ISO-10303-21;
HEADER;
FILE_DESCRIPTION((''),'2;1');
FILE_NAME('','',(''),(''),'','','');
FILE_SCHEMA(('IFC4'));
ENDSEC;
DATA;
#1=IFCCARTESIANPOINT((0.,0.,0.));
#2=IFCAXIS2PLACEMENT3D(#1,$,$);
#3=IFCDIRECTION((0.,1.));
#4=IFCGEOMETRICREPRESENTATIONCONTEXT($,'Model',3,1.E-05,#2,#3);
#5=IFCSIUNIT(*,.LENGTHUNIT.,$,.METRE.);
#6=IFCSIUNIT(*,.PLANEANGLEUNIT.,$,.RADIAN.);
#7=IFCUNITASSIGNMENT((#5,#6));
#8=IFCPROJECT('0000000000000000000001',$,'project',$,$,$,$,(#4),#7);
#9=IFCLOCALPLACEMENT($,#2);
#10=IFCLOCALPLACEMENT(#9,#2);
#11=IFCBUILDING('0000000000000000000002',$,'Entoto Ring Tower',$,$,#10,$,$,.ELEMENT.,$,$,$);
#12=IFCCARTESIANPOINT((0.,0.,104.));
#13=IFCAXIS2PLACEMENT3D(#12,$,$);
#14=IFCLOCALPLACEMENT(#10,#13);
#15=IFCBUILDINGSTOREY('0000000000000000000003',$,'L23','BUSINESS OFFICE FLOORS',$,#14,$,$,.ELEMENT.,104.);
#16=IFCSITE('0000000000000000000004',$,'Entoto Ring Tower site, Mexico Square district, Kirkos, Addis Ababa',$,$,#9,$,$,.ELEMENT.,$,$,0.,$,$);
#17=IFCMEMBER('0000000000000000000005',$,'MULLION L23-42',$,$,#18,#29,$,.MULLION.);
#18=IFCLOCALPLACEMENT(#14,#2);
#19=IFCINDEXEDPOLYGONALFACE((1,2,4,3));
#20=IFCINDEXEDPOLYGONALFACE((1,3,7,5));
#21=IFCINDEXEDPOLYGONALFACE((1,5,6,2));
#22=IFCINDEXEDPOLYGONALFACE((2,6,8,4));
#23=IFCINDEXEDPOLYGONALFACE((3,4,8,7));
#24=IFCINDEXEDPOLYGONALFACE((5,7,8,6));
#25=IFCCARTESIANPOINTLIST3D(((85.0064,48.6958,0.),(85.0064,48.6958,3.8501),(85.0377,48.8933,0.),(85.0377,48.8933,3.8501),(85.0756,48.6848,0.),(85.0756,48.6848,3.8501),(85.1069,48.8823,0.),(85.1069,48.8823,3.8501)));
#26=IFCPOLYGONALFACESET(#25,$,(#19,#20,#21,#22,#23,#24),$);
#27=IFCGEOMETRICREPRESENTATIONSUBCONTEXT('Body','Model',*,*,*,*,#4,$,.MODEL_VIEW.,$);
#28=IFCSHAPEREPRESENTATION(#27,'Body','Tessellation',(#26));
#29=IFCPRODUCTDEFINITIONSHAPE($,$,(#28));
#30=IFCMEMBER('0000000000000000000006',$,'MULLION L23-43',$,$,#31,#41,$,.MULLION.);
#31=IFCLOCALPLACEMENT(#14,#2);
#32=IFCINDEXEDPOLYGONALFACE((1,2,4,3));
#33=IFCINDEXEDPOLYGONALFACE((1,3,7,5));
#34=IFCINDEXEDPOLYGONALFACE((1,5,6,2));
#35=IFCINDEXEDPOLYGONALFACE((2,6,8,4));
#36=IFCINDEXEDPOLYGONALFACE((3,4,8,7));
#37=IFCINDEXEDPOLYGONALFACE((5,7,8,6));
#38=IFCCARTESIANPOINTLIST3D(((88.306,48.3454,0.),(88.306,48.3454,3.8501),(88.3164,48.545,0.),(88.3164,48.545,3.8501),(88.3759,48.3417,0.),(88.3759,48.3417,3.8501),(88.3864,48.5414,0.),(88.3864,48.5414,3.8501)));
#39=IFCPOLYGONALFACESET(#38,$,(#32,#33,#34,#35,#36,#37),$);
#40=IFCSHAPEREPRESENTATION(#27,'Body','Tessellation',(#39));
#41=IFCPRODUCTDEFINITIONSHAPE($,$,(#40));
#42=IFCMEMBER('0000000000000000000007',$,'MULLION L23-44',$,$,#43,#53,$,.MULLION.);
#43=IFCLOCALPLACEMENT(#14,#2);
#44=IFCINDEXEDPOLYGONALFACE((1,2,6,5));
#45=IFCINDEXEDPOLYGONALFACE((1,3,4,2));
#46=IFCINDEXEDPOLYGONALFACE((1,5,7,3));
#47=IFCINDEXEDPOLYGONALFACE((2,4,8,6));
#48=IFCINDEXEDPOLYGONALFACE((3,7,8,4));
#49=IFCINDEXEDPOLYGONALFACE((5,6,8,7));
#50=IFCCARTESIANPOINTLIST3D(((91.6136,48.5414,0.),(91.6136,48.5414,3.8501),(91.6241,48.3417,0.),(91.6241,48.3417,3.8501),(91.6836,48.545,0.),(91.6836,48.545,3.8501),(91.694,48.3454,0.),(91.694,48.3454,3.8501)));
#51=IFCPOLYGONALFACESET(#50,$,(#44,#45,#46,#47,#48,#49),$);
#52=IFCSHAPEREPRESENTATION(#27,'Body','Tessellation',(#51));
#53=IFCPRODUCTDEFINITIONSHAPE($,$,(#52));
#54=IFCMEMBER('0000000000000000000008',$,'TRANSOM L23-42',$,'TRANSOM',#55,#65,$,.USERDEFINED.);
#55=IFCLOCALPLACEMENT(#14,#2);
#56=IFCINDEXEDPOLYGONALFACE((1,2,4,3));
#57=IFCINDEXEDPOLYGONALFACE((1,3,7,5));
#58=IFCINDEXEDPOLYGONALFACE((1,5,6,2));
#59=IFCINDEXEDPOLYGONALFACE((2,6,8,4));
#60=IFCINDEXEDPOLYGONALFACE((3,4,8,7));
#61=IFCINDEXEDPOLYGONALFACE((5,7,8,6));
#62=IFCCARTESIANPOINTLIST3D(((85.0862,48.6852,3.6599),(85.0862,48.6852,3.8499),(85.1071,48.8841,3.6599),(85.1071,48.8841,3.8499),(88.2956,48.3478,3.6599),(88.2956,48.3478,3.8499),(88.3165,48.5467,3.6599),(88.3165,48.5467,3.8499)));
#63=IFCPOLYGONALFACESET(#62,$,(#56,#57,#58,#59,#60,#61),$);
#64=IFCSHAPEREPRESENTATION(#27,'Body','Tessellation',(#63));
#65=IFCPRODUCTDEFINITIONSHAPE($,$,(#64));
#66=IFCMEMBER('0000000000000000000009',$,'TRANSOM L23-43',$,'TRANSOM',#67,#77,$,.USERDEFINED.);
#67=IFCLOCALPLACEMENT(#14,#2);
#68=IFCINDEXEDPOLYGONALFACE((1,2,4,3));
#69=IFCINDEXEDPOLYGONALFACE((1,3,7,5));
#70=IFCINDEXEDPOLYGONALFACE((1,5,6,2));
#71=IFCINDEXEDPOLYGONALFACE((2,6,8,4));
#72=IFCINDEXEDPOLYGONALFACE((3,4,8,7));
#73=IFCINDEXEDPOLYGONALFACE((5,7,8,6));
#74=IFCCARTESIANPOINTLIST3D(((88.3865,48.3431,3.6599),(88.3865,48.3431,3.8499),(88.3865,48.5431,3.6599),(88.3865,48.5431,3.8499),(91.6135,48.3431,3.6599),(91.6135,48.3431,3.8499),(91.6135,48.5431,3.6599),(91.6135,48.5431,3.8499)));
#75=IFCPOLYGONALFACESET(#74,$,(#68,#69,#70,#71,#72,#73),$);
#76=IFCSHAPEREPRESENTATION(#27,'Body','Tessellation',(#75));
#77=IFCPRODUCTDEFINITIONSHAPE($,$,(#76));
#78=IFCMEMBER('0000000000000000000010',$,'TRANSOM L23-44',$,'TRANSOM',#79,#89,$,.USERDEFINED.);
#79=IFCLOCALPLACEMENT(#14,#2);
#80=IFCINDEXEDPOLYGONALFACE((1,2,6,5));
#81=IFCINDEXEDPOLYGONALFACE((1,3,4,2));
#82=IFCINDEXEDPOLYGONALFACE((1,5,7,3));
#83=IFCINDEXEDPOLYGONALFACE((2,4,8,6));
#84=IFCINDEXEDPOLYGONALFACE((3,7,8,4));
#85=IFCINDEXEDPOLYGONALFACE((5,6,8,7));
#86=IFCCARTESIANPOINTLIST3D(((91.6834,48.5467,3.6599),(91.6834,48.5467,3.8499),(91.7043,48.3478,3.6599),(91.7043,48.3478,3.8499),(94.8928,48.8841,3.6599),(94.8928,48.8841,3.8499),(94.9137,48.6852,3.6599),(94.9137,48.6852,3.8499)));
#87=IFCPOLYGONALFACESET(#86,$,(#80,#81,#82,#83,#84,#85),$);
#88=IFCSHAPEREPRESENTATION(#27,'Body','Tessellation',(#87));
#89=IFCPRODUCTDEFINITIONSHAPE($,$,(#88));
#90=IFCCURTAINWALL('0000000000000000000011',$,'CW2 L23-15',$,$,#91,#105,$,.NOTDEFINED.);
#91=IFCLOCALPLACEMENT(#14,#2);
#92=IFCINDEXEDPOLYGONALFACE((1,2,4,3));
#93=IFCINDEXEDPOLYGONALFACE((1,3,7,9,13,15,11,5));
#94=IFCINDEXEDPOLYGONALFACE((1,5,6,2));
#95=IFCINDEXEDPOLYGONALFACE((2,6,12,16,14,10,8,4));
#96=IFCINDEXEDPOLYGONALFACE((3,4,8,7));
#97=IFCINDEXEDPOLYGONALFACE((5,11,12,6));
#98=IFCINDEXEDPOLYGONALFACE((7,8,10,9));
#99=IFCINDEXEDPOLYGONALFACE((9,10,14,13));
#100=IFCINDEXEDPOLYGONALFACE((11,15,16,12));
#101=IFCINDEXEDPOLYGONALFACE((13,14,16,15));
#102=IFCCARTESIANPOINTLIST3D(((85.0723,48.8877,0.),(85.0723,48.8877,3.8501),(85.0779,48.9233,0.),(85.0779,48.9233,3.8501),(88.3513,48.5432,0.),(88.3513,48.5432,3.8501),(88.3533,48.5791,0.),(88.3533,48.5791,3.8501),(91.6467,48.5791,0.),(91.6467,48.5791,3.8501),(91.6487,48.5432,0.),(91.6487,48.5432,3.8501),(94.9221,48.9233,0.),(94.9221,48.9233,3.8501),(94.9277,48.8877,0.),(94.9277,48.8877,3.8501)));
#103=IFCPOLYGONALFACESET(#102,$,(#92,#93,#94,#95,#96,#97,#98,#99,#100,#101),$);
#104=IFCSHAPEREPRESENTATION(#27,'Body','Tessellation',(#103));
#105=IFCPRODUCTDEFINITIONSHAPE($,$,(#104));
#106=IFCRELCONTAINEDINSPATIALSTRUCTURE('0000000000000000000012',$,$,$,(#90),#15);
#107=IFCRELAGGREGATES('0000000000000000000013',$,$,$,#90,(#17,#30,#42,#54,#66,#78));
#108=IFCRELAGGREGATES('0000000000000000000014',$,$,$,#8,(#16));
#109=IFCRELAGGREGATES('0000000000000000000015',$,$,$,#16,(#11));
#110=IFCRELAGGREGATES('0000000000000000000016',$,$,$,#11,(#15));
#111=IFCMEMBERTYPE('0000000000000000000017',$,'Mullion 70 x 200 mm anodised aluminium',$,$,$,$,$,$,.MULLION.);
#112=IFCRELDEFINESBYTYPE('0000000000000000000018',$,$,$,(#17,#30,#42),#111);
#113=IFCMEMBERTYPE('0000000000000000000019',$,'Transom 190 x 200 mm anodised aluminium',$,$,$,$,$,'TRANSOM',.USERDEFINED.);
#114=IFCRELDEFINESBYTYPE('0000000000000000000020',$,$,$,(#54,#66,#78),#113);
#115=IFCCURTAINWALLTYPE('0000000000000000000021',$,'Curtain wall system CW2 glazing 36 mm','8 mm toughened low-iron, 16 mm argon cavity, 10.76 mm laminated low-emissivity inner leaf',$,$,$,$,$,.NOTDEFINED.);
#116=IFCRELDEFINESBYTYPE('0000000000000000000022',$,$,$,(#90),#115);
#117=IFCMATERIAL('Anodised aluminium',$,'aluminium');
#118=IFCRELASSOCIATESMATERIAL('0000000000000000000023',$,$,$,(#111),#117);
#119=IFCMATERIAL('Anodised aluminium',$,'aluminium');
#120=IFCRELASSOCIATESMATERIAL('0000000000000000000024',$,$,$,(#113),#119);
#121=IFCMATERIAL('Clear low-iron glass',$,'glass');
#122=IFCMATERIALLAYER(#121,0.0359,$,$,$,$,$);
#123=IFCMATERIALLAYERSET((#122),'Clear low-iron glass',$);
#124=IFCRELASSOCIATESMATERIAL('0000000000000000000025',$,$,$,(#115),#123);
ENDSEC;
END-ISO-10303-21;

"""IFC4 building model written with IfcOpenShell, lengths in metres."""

from ifc_helpers import new_model, si_unit, direction, frame, origin, origin_2d, place, context, subcontext, project, spatial, polyline, rectangle, outline, extrude, material, layer, layer_set, material_profile, profile_set, type_object, element, aggregate, save


model = new_model("IFC4")

# Units and contexts
model_context = context("Model", 3, precision=1e-05, world=origin(), true_north=direction((0.0, 1.0)))
body_context = subcontext(model_context, "Body", "Model", "MODEL_VIEW")
ifc_project = project(units=[si_unit("LENGTHUNIT", "METRE"), si_unit("PLANEANGLEUNIT", "RADIAN")], contexts=[model_context])

# Members
ifc_material_1 = material(Name="Anodised aluminium", Category="aluminium")
ifc_material_profile_1 = material_profile(ifc_material_1, rectangle(XDim=0.0701, YDim=0.2, at=origin_2d()), Name="Mullion 70 x 200 mm anodised aluminium")
ifc_profile_set_1 = profile_set([ifc_material_profile_1], Name="Anodised aluminium")
member_type_1 = type_object("IfcMemberType", Name="Mullion 70 x 200 mm anodised aluminium", PredefinedType="MULLION", material=ifc_profile_set_1)
site_placement = place(None, origin())
building_placement = place(site_placement, origin())
storey_placement = place(building_placement, frame((0.0, 0.0, 104.0)))
member_1_placement = place(storey_placement, frame((85.0566, 48.7891, 0.0), z_axis=(0.0, 0.0, 1.0), x_axis=(0.987688, -0.156434, 0.0)))
member_1 = element("IfcMember", 1, at=member_1_placement, type_object=member_type_1, Name="MULLION L23-42", PredefinedType="MULLION", context=body_context, shape_type="SweptSolid", body=[
    extrude(rectangle(XDim=0.0701, YDim=0.2, at=origin_2d()), origin(), (0.0, 0.0, 1.0), 3.8501),
])
member_2_placement = place(storey_placement, frame((88.3462, 48.4434, 0.0), z_axis=(0.0, 0.0, 1.0), x_axis=(0.99863, -0.052336, 0.0)))
member_2 = element("IfcMember", 2, at=member_2_placement, type_object=member_type_1, Name="MULLION L23-43", PredefinedType="MULLION", context=body_context, shape_type="SweptSolid", body=[
    extrude(rectangle(XDim=0.0701, YDim=0.2, at=origin_2d()), origin(), (0.0, 0.0, 1.0), 3.8501),
])
member_3_placement = place(storey_placement, frame((91.6538, 48.4434, 0.0), z_axis=(0.0, 0.0, 1.0), x_axis=(0.99863, 0.052336, 0.0)))
member_3 = element("IfcMember", 3, at=member_3_placement, type_object=member_type_1, Name="MULLION L23-44", PredefinedType="MULLION", context=body_context, shape_type="SweptSolid", body=[
    extrude(rectangle(XDim=0.0701, YDim=0.2, at=origin_2d()), origin(), (0.0, 0.0, 1.0), 3.8501),
])
ifc_material_2 = material(Name="Anodised aluminium", Category="aluminium")
ifc_material_profile_2 = material_profile(ifc_material_2, rectangle(XDim=0.2, YDim=0.1899, at=origin_2d()), Name="Transom 190 x 200 mm anodised aluminium")
ifc_profile_set_2 = profile_set([ifc_material_profile_2], Name="Anodised aluminium")
member_type_2 = type_object("IfcMemberType", Name="Transom 190 x 200 mm anodised aluminium", ElementType="TRANSOM", PredefinedType="USERDEFINED", material=ifc_profile_set_2)
member_4_placement = place(storey_placement, frame((85.0967, 48.7847, 3.7549), z_axis=(0.99452, -0.104551, 0.0), x_axis=(0.104551, 0.99452, 0.0)))
member_4 = element("IfcMember", 4, at=member_4_placement, type_object=member_type_2, Name="TRANSOM L23-42", ObjectType="TRANSOM", PredefinedType="USERDEFINED", context=body_context, shape_type="SweptSolid", body=[
    extrude(rectangle(XDim=0.2, YDim=0.1899, at=origin_2d()), origin(), (0.0, 0.0, 1.0), 3.2271),
])
member_5_placement = place(storey_placement, frame((88.3865, 48.4431, 3.7549), z_axis=(1.0, 0.0, 0.0), x_axis=(0.0, 1.0, 0.0)))
member_5 = element("IfcMember", 5, at=member_5_placement, type_object=member_type_2, Name="TRANSOM L23-43", ObjectType="TRANSOM", PredefinedType="USERDEFINED", context=body_context, shape_type="SweptSolid", body=[
    extrude(rectangle(XDim=0.2, YDim=0.1899, at=origin_2d()), origin(), (0.0, 0.0, 1.0), 3.2271),
])
member_6_placement = place(storey_placement, frame((91.6938, 48.4473, 3.7549), z_axis=(0.99452, 0.104551, 0.0), x_axis=(-0.104551, 0.99452, 0.0)))
member_6 = element("IfcMember", 6, at=member_6_placement, type_object=member_type_2, Name="TRANSOM L23-44", ObjectType="TRANSOM", PredefinedType="USERDEFINED", context=body_context, shape_type="SweptSolid", body=[
    extrude(rectangle(XDim=0.2, YDim=0.1899, at=origin_2d()), origin(), (0.0, 0.0, 1.0), 3.2271),
])

# Site, building, storey
site = spatial("IfcSite", under=ifc_project, at=site_placement, Name="Entoto Ring Tower site, Mexico Square district, Kirkos, Addis Ababa", CompositionType="ELEMENT", RefElevation=0.0)
building = spatial("IfcBuilding", under=site, at=building_placement, Name="Entoto Ring Tower", CompositionType="ELEMENT")
storey = spatial("IfcBuildingStorey", under=building, at=storey_placement, Name="L23", Description="BUSINESS OFFICE FLOORS", CompositionType="ELEMENT", Elevation=104.0)

# Curtain wall
ifc_material_3 = material(Name="Clear low-iron glass", Category="glass")
ifc_layer = layer(ifc_material_3, 0.0359)
ifc_layer_set = layer_set([ifc_layer], Name="Clear low-iron glass")
curtain_wall_type = type_object("IfcCurtainWallType", Name="Curtain wall system CW2 glazing 36 mm", Description="8 mm toughened low-iron, 16 mm argon cavity, 10.76 mm laminated low-emissivity inner leaf", PredefinedType="NOTDEFINED", material=ifc_layer_set)
curtain_wall_1_placement = place(storey_placement, origin())
curtain_wall_1 = element("IfcCurtainWall", 7, at=curtain_wall_1_placement, inside=storey, type_object=curtain_wall_type, Name="CW2 L23-15", PredefinedType="NOTDEFINED", context=body_context, shape_type="SweptSolid", body=[
    extrude(outline(polyline([(85.0723, 48.8877), (88.3513, 48.5432), (91.6487, 48.5432), (94.9277, 48.8877), (94.9221, 48.9233), (91.6467, 48.5791), (88.3533, 48.5791), (85.0779, 48.9233), (85.0723, 48.8877)])), origin(), (0.0, 0.0, 1.0), 3.8501),
])
aggregate(curtain_wall_1, [member_1, member_2, member_3, member_4, member_5, member_6])

save(model, "model.ifc")
